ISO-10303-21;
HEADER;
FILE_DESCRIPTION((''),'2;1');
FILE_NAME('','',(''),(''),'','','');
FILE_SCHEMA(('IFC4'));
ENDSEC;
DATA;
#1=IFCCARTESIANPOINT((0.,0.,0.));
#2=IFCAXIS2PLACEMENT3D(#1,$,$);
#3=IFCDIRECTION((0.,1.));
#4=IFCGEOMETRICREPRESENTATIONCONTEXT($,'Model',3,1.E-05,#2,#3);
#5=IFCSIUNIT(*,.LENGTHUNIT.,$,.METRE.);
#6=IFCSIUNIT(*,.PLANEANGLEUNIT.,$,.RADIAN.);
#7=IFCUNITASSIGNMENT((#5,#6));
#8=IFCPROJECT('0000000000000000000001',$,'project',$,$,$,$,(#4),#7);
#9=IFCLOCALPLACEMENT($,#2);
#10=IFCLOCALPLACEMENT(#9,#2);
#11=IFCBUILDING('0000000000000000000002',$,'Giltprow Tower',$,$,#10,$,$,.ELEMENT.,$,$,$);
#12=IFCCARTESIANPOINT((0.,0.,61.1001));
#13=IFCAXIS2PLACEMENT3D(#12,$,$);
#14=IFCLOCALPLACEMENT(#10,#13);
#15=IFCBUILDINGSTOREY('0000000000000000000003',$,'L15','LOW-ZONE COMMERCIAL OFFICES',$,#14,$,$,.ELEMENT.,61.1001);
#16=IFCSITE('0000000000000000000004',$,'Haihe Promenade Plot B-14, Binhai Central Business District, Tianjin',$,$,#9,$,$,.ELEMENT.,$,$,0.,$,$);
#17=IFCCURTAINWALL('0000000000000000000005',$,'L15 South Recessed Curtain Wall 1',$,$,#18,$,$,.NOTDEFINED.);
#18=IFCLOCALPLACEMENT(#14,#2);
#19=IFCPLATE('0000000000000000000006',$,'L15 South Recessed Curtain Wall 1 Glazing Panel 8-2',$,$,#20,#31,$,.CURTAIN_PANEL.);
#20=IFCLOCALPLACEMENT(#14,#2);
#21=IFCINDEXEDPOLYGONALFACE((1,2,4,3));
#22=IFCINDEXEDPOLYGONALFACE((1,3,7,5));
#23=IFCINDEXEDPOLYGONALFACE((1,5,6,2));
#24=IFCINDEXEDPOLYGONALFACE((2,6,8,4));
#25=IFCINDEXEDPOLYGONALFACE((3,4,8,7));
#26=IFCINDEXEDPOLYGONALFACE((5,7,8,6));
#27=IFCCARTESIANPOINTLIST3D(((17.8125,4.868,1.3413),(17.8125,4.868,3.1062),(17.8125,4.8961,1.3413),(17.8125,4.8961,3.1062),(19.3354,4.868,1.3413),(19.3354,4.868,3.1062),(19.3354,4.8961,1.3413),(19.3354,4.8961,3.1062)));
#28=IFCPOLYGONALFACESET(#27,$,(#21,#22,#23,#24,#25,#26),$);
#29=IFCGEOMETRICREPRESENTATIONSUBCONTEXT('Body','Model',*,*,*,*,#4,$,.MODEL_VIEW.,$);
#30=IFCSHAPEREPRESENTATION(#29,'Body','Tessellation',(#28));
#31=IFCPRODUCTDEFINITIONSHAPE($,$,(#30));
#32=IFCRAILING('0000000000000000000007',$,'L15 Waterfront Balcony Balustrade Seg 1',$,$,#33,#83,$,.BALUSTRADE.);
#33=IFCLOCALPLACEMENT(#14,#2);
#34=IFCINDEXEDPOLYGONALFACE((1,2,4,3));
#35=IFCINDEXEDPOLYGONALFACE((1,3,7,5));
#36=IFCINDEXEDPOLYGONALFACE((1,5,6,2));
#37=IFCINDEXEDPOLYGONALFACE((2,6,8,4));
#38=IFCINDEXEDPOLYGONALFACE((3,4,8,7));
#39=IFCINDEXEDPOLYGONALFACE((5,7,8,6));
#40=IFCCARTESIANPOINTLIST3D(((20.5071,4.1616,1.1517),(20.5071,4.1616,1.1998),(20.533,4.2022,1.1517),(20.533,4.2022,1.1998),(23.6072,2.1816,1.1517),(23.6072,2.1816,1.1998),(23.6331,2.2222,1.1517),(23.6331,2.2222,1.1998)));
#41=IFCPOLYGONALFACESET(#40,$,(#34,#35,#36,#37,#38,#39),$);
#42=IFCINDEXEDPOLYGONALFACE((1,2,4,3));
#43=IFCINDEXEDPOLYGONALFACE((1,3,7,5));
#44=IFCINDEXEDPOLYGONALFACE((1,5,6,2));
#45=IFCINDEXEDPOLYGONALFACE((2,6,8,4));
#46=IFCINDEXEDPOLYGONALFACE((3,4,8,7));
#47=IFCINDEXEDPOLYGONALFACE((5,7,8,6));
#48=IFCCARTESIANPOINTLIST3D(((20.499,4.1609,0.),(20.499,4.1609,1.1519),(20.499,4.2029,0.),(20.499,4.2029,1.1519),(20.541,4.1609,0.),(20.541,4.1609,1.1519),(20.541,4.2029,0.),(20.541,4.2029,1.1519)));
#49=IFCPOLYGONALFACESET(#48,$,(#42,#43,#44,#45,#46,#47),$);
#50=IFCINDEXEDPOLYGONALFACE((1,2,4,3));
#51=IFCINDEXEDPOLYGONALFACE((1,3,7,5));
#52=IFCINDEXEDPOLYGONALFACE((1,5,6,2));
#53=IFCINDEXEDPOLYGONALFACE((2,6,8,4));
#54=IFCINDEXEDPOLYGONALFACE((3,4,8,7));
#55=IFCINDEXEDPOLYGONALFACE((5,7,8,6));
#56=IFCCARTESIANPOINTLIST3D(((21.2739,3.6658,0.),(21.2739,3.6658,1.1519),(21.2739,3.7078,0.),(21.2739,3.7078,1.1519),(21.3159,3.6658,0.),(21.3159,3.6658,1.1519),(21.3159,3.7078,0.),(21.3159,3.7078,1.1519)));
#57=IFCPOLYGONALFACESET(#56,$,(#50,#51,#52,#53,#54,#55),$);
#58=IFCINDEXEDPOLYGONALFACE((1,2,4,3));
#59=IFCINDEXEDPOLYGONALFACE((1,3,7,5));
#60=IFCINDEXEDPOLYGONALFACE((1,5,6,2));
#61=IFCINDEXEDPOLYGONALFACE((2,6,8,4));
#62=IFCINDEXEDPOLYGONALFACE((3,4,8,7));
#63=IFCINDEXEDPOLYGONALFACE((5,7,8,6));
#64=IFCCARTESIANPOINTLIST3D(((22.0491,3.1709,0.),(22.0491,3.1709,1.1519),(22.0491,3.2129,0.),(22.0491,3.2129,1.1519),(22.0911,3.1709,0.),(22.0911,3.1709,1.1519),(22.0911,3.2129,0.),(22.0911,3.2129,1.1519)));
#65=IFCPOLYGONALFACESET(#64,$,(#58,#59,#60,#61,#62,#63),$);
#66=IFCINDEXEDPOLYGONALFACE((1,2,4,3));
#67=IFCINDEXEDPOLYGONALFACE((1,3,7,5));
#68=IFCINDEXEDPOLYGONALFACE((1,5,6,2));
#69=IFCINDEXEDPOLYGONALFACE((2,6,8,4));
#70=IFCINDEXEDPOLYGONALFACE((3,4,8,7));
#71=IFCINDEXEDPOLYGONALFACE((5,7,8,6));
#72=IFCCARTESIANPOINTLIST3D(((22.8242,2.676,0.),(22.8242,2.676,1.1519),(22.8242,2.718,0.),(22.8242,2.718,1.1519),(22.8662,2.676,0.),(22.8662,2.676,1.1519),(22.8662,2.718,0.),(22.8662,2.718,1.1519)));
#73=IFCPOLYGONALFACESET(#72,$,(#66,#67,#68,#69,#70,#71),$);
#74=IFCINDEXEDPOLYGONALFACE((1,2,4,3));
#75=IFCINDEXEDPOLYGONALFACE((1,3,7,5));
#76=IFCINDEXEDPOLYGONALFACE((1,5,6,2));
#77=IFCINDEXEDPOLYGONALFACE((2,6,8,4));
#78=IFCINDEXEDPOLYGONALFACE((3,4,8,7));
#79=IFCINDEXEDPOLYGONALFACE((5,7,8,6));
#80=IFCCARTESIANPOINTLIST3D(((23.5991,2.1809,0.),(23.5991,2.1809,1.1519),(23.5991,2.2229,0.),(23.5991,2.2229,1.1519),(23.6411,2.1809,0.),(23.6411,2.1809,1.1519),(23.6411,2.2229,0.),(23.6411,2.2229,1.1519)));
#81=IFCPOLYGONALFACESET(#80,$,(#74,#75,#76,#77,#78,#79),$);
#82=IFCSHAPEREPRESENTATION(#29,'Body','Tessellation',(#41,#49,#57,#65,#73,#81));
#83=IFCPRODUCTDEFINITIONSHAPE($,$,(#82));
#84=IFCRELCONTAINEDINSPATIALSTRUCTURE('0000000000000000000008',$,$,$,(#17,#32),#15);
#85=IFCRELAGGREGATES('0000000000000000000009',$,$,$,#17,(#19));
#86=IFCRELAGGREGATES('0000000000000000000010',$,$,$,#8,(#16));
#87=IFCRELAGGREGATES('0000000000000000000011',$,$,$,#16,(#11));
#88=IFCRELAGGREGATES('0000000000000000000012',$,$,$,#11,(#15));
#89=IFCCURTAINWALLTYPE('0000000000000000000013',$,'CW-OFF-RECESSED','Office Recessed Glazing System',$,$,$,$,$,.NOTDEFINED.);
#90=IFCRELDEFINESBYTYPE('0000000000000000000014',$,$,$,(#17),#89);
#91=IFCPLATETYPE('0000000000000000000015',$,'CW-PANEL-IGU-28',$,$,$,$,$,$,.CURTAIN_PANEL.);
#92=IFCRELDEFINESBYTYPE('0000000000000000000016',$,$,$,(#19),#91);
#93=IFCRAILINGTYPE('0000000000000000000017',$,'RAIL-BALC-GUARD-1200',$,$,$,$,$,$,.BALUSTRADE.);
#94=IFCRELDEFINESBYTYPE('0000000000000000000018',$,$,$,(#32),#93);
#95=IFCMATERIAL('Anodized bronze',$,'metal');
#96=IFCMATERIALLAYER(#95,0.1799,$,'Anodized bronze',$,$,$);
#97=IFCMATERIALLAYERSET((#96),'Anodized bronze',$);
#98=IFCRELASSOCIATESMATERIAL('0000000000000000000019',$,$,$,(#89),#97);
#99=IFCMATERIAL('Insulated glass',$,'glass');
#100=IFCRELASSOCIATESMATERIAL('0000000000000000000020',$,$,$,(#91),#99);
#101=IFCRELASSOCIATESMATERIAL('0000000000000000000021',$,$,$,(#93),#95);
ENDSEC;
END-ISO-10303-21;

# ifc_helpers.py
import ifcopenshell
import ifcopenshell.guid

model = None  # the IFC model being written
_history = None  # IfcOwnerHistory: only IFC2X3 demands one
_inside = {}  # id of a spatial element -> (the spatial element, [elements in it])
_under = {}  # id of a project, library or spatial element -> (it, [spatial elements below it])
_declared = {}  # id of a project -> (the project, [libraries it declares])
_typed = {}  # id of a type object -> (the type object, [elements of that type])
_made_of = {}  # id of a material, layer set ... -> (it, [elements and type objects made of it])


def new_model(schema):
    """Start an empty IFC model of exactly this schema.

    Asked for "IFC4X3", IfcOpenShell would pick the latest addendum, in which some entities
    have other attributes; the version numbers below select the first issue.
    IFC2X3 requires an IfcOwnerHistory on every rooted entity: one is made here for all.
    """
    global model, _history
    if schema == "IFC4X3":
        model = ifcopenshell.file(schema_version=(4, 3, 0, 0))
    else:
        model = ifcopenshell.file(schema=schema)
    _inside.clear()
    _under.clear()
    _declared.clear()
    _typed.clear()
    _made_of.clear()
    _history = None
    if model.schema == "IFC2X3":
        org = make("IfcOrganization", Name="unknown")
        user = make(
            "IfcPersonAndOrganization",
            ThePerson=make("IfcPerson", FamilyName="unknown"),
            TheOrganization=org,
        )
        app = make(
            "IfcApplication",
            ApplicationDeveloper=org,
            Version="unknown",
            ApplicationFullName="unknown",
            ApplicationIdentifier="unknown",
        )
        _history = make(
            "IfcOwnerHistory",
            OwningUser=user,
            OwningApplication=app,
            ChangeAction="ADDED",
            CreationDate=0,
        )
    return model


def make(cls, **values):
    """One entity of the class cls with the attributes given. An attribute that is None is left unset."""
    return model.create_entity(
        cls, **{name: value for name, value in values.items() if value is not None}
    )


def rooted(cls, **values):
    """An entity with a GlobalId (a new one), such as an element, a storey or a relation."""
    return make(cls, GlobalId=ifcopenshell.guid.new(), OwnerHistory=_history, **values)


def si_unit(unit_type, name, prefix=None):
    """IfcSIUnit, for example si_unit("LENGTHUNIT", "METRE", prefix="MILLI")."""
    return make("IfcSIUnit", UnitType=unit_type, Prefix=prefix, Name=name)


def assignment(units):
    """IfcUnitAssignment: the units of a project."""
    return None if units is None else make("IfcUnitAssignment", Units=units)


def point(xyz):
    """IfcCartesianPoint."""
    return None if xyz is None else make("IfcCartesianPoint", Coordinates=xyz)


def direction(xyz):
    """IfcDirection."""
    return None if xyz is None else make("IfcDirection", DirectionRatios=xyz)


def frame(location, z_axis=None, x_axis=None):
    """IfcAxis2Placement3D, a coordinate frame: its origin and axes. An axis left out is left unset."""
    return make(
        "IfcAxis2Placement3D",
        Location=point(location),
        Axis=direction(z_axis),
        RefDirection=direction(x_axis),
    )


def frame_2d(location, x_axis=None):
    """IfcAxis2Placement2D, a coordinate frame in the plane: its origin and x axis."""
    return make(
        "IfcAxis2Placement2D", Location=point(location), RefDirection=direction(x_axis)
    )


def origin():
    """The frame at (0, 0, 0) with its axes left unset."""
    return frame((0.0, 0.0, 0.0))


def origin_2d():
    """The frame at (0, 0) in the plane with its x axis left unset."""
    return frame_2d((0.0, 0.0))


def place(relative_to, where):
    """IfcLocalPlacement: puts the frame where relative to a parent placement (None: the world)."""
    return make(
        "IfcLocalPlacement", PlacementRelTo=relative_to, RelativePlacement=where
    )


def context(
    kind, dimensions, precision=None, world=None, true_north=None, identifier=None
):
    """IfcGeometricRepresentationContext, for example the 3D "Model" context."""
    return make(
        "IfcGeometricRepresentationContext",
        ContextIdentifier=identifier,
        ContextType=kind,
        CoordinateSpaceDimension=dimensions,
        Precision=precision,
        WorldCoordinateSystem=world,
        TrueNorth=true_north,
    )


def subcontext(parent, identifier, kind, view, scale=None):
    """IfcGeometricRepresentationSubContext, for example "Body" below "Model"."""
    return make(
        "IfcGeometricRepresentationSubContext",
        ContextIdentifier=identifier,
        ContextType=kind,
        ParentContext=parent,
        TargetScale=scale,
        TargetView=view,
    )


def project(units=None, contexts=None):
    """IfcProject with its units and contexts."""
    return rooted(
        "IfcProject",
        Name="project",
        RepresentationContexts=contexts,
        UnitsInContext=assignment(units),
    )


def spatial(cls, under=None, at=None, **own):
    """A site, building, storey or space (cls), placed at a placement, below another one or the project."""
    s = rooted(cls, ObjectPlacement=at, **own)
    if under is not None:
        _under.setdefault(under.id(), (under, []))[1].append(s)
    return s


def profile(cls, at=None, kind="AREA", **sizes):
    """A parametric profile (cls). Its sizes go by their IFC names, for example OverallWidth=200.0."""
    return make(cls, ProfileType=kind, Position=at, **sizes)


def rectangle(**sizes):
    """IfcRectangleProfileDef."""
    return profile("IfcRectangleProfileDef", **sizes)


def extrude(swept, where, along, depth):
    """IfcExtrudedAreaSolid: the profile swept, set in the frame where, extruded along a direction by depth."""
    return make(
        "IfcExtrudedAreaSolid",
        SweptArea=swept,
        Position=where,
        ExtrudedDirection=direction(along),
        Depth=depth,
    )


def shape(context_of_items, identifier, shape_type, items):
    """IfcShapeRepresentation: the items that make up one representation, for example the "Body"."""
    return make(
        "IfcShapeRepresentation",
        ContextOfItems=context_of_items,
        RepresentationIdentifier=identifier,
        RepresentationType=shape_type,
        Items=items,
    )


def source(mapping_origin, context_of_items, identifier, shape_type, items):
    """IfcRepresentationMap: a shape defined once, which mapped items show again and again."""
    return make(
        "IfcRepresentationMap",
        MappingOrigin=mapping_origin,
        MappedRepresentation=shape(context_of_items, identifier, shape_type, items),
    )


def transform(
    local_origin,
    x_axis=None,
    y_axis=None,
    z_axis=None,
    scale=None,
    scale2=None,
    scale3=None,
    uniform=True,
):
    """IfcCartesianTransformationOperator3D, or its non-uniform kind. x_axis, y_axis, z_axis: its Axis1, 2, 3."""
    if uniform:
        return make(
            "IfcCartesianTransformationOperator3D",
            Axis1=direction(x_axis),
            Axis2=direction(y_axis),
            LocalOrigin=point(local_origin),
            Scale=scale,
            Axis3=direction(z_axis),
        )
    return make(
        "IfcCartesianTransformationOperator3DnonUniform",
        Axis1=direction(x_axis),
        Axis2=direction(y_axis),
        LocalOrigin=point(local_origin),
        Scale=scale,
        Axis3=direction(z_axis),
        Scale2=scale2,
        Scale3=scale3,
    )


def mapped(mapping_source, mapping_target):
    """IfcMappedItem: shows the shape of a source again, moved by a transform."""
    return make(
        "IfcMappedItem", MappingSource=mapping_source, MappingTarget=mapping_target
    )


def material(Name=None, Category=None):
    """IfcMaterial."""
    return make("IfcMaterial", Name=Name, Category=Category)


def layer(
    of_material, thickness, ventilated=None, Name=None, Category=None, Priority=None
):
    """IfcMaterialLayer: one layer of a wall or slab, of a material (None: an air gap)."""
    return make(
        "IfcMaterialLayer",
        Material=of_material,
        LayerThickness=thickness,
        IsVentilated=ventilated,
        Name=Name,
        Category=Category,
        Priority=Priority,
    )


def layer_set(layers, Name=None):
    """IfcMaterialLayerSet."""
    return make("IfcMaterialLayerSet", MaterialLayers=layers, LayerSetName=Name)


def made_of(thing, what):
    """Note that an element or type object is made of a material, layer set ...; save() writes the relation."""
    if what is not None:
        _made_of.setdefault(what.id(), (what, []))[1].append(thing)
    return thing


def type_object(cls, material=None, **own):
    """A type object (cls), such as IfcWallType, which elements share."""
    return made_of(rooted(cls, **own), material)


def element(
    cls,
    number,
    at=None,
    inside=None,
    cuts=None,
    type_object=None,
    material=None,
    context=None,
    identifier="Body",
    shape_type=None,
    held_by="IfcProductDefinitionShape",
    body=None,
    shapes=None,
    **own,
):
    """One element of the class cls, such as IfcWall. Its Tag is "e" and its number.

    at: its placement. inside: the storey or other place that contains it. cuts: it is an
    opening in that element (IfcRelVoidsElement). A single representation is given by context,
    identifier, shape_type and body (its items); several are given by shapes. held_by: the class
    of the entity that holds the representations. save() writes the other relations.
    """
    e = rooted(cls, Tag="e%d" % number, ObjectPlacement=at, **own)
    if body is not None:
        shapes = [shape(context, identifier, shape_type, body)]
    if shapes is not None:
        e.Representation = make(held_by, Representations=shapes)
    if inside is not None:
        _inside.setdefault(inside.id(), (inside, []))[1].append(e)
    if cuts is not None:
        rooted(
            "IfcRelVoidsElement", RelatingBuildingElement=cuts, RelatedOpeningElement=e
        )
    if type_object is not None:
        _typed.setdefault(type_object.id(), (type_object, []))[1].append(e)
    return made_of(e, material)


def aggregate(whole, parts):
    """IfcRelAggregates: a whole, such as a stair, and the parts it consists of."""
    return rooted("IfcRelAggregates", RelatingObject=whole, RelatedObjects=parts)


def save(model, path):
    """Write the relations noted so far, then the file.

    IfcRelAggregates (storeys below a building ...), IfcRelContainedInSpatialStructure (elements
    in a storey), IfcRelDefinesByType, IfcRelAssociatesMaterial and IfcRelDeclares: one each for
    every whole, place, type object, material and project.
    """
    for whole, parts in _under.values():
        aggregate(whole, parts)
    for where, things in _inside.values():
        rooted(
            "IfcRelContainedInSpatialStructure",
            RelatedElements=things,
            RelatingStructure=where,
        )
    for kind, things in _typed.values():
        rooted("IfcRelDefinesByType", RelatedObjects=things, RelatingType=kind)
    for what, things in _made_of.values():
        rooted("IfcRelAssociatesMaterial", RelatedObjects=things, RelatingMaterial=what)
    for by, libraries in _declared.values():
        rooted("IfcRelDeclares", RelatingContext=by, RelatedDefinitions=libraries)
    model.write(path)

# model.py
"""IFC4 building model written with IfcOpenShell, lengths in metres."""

from ifc_helpers import new_model, si_unit, direction, frame, origin, origin_2d, place, context, subcontext, project, spatial, rectangle, extrude, source, transform, mapped, material, layer, layer_set, type_object, element, aggregate, save


model = new_model("IFC4")

# Units and contexts
model_context = context("Model", 3, precision=1e-05, world=origin(), true_north=direction((0.0, 1.0)))
body_context = subcontext(model_context, "Body", "Model", "MODEL_VIEW")
ifc_project = project(units=[si_unit("LENGTHUNIT", "METRE"), si_unit("PLANEANGLEUNIT", "RADIAN")], contexts=[model_context])

# Site, building, storey
site_placement = place(None, origin())
site = spatial("IfcSite", under=ifc_project, at=site_placement, Name="Haihe Promenade Plot B-14, Binhai Central Business District, Tianjin", CompositionType="ELEMENT", RefElevation=0.0)
building_placement = place(site_placement, origin())
building = spatial("IfcBuilding", under=site, at=building_placement, Name="Giltprow Tower", CompositionType="ELEMENT")
storey_placement = place(building_placement, frame((0.0, 0.0, 61.1001)))
storey = spatial("IfcBuildingStorey", under=building, at=storey_placement, Name="L15", Description="LOW-ZONE COMMERCIAL OFFICES", CompositionType="ELEMENT", Elevation=61.1001)

# Curtain wall, plate
ifc_material_1 = material(Name="Anodized bronze", Category="metal")
ifc_layer = layer(ifc_material_1, 0.1799, Name="Anodized bronze")
ifc_layer_set = layer_set([ifc_layer], Name="Anodized bronze")
curtain_wall_type = type_object("IfcCurtainWallType", Name="CW-OFF-RECESSED", Description="Office Recessed Glazing System", PredefinedType="NOTDEFINED", material=ifc_layer_set)
curtain_wall_placement = place(storey_placement, origin())
curtain_wall = element("IfcCurtainWall", 1, at=curtain_wall_placement, inside=storey, type_object=curtain_wall_type, Name="L15 South Recessed Curtain Wall 1", PredefinedType="NOTDEFINED")
ifc_material_2 = material(Name="Insulated glass", Category="glass")
plate_type = type_object("IfcPlateType", Name="CW-PANEL-IGU-28", PredefinedType="CURTAIN_PANEL", material=ifc_material_2)
shared_shape_1 = source(origin(), body_context, "Body", "SweptSolid", [
    extrude(rectangle(XDim=1.5229, YDim=0.0281, at=origin_2d()), origin(), (0.0, 0.0, 1.0), 1.7649),
])
plate_1_placement = place(storey_placement, frame((18.574, 4.8821, 1.3413), z_axis=(0.0, 0.0, 1.0), x_axis=(1.0, 0.0, 0.0)))
plate_1 = element("IfcPlate", 2, at=plate_1_placement, type_object=plate_type, Name="L15 South Recessed Curtain Wall 1 Glazing Panel 8-2", PredefinedType="CURTAIN_PANEL", context=body_context, shape_type="MappedRepresentation", body=[
    mapped(shared_shape_1, transform((0.0, 0.0, 0.0), x_axis=(1.0, 0.0, 0.0), y_axis=(0.0, 1.0, 0.0), z_axis=(0.0, 0.0, 1.0), scale=1.0)),
])
aggregate(curtain_wall, [plate_1])

# Railing
railing_type = type_object("IfcRailingType", Name="RAIL-BALC-GUARD-1200", PredefinedType="BALUSTRADE", material=ifc_material_1)
railing_1_placement = place(storey_placement, frame((20.52, 4.1819, 0.0)))
element("IfcRailing", 3, at=railing_1_placement, inside=storey, type_object=railing_type, Name="L15 Waterfront Balcony Balustrade Seg 1", PredefinedType="BALUSTRADE", context=body_context, shape_type="SweptSolid", body=[
    extrude(rectangle(XDim=0.0481, YDim=0.0481, at=origin_2d()), frame((0.0, 0.0, 1.1758), z_axis=(0.842775, -0.538266, 0.0), x_axis=(0.538266, 0.842775, 0.0)), (0.0, 0.0, 1.0), 3.6785),
    extrude(rectangle(XDim=0.042, YDim=0.042, at=origin_2d()), origin(), (0.0, 0.0, 1.0), 1.1519),
    extrude(rectangle(XDim=0.042, YDim=0.042, at=origin_2d()), frame((0.7749, -0.4951, 0.0)), (0.0, 0.0, 1.0), 1.1519),
    extrude(rectangle(XDim=0.042, YDim=0.042, at=origin_2d()), frame((1.55, -0.99, 0.0)), (0.0, 0.0, 1.0), 1.1519),
    extrude(rectangle(XDim=0.042, YDim=0.042, at=origin_2d()), frame((2.3252, -1.4849, 0.0)), (0.0, 0.0, 1.0), 1.1519),
    extrude(rectangle(XDim=0.042, YDim=0.042, at=origin_2d()), frame((3.1001, -1.98, 0.0)), (0.0, 0.0, 1.0), 1.1519),
])

save(model, "model.ifc")
